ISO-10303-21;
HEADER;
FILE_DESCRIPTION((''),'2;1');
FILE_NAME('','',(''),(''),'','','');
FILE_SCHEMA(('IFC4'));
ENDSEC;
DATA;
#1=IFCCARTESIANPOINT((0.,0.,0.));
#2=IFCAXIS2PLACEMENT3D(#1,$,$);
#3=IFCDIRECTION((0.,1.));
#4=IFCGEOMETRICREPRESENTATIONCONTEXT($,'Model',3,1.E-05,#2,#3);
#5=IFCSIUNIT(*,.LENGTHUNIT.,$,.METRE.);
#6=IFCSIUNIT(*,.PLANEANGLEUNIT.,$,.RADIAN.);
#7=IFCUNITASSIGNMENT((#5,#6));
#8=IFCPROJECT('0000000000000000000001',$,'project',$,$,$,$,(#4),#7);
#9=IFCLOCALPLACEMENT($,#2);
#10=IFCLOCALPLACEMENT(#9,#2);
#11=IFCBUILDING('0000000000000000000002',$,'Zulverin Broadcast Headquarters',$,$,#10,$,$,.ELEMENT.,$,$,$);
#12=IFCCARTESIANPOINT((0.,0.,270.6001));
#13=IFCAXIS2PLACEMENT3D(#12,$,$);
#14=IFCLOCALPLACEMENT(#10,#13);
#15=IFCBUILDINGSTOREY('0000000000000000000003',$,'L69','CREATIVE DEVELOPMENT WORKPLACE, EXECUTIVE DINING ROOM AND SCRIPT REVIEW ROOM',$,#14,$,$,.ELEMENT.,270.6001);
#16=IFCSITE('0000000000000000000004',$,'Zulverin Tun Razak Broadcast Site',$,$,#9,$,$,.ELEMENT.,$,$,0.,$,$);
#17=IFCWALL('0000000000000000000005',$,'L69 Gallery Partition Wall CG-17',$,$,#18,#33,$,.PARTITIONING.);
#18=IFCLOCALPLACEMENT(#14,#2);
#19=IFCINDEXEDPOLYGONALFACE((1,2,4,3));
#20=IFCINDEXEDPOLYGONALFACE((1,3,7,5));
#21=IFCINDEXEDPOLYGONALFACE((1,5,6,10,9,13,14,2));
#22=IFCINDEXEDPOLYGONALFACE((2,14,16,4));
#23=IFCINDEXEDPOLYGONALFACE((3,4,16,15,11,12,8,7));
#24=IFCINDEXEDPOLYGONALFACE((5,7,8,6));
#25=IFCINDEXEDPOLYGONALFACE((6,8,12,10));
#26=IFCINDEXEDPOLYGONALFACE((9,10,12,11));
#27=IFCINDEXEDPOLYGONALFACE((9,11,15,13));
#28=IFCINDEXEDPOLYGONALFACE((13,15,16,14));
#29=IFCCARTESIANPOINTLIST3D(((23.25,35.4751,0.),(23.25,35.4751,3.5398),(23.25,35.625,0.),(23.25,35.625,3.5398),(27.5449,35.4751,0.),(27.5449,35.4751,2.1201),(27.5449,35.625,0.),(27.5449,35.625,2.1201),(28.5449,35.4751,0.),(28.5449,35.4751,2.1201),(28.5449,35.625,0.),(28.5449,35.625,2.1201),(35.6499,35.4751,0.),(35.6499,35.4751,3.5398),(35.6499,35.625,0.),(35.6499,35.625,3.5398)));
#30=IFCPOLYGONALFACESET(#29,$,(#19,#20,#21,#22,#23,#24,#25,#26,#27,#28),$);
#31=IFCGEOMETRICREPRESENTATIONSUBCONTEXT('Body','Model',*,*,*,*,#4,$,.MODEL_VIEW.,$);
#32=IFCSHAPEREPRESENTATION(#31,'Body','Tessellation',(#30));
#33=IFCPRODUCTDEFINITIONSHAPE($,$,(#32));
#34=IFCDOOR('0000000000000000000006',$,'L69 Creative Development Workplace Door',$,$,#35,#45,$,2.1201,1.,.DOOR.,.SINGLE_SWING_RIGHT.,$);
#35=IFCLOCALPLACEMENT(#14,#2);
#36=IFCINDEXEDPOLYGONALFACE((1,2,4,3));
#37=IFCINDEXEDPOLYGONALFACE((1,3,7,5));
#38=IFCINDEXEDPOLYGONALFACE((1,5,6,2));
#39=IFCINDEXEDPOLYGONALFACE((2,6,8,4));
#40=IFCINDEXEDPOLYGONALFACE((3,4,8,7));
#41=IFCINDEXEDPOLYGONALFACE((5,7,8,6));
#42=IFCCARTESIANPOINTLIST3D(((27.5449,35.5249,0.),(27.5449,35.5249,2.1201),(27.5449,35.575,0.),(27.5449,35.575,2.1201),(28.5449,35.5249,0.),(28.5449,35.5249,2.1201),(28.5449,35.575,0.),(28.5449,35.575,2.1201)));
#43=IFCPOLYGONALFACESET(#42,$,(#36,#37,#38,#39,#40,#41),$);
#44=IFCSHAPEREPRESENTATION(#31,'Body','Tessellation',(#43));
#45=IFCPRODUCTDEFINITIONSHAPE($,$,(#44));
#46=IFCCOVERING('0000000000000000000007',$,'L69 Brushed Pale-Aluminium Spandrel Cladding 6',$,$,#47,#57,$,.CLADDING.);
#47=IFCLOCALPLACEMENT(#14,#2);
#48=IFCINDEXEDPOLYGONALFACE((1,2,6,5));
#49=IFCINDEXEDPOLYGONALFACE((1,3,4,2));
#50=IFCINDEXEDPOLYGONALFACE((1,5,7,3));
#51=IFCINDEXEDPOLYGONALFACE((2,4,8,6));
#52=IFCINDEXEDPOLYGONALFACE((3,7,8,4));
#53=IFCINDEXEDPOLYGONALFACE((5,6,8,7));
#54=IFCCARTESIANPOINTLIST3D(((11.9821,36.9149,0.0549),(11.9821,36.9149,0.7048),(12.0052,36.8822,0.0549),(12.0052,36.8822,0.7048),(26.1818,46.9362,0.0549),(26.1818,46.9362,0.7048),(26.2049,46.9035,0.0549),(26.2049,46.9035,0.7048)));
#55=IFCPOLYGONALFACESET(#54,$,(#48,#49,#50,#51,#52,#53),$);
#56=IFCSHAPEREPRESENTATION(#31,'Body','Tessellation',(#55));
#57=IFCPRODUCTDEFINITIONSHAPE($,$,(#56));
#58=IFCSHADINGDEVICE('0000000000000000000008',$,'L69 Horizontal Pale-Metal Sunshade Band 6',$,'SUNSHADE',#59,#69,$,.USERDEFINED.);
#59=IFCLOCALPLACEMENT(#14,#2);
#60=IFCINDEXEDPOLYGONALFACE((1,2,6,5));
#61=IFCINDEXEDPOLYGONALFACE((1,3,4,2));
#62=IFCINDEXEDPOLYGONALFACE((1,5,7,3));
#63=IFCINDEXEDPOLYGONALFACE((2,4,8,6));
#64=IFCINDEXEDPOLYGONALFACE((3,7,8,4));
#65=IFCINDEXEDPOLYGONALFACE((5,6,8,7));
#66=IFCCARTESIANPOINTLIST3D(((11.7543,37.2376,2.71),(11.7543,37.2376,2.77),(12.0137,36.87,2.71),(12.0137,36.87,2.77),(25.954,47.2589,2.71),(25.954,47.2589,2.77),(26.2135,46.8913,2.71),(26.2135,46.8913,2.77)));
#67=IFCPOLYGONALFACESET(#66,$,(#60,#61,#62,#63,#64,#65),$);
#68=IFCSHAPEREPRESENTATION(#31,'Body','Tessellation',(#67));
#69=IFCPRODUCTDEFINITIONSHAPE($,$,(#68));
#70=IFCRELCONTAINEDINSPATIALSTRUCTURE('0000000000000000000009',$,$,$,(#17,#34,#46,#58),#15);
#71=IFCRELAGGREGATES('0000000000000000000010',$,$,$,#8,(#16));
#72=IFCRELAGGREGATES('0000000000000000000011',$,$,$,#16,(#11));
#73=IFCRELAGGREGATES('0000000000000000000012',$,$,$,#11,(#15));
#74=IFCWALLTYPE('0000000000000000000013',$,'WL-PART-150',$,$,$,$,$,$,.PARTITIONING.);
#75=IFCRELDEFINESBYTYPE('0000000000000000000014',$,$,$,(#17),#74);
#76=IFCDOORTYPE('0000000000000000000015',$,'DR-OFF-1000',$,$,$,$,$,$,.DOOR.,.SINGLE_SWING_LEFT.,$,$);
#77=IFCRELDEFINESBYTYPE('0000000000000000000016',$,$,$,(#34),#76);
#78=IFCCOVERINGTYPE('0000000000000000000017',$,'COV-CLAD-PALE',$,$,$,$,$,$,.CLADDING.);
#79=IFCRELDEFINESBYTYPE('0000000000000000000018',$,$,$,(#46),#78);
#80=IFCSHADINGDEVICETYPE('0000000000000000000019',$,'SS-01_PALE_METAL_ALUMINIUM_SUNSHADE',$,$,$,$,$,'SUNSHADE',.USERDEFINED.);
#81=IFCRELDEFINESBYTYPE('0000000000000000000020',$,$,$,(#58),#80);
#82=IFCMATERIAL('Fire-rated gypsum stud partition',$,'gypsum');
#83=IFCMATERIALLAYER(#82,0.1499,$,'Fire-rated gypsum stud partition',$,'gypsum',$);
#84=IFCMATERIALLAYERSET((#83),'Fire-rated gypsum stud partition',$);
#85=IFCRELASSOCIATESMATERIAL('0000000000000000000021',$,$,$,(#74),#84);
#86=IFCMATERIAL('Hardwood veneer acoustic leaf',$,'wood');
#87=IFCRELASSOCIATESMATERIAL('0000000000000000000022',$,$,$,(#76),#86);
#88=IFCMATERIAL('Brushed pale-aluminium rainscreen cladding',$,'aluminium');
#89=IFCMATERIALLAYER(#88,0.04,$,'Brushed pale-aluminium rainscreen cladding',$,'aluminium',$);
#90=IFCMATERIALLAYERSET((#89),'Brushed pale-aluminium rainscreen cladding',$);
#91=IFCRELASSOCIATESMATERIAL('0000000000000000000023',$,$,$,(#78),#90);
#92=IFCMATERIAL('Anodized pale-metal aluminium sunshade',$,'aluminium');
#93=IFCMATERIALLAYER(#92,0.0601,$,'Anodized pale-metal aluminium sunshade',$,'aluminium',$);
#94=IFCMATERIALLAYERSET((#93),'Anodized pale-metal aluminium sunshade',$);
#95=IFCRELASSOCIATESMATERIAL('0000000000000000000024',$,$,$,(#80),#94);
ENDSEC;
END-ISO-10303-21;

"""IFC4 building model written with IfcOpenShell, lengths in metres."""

from ifc_helpers import new_model, si_unit, direction, frame, frame_2d, origin, origin_2d, place, context, subcontext, project, spatial, rectangle, extrude, material, layer, layer_set, type_object, element, fill, save


model = new_model("IFC4")

# Units and contexts
model_context = context("Model", 3, precision=1e-05, world=origin(), true_north=direction((0.0, 1.0)))
body_context = subcontext(model_context, "Body", "Model", "MODEL_VIEW")
ifc_project = project(units=[si_unit("LENGTHUNIT", "METRE"), si_unit("PLANEANGLEUNIT", "RADIAN")], contexts=[model_context])

# Site, building, storey
site_placement = place(None, origin())
site = spatial("IfcSite", under=ifc_project, at=site_placement, Name="Zulverin Tun Razak Broadcast Site", CompositionType="ELEMENT", RefElevation=0.0)
building_placement = place(site_placement, origin())
building = spatial("IfcBuilding", under=site, at=building_placement, Name="Zulverin Broadcast Headquarters", CompositionType="ELEMENT")
storey_placement = place(building_placement, frame((0.0, 0.0, 270.6001)))
storey = spatial("IfcBuildingStorey", under=building, at=storey_placement, Name="L69", Description="CREATIVE DEVELOPMENT WORKPLACE, EXECUTIVE DINING ROOM AND SCRIPT REVIEW ROOM", CompositionType="ELEMENT", Elevation=270.6001)

# Wall, opening, door
ifc_material_1 = material(Name="Fire-rated gypsum stud partition", Category="gypsum")
ifc_layer_1 = layer(ifc_material_1, 0.1499, Name="Fire-rated gypsum stud partition", Category="gypsum")
ifc_layer_set_1 = layer_set([ifc_layer_1], Name="Fire-rated gypsum stud partition")
wall_type_1 = type_object("IfcWallType", Name="WL-PART-150", PredefinedType="PARTITIONING", material=ifc_layer_set_1)
wall_1_placement = place(storey_placement, frame((23.25, 35.55, 0.0), z_axis=(0.0, 0.0, 1.0), x_axis=(1.0, 0.0, 0.0)))
wall_1 = element("IfcWall", 1, at=wall_1_placement, inside=storey, type_object=wall_type_1, Name="L69 Gallery Partition Wall CG-17", PredefinedType="PARTITIONING", context=body_context, shape_type="SweptSolid", body=[
    extrude(rectangle(XDim=12.3999, YDim=0.1499, at=frame_2d((6.2, 0.0))), origin(), (0.0, 0.0, 1.0), 3.5398),
])
opening_1_placement = place(wall_1_placement, frame((4.2949, 0.0, 0.0)))
opening_1 = element("IfcOpeningElement", 2, at=opening_1_placement, cuts=wall_1, PredefinedType="OPENING", context=body_context, shape_type="SweptSolid", body=[
    extrude(rectangle(XDim=1.0, YDim=2.1201, at=frame_2d((0.5, 1.0601))), frame((0.0, 0.085, 0.0), z_axis=(0.0, -1.0, 0.0), x_axis=(1.0, 0.0, 0.0)), (0.0, 0.0, 1.0), 0.1699),
])
ifc_material_2 = material(Name="Hardwood veneer acoustic leaf", Category="wood")
door_type_1 = type_object("IfcDoorType", Name="DR-OFF-1000", OperationType="SINGLE_SWING_LEFT", PredefinedType="DOOR", material=ifc_material_2)
door_1_placement = place(opening_1_placement, origin())
door_1 = element("IfcDoor", 3, at=door_1_placement, inside=storey, type_object=door_type_1, Name="L69 Creative Development Workplace Door", OperationType="SINGLE_SWING_RIGHT", OverallHeight=2.1201, OverallWidth=1.0, PredefinedType="DOOR", context=body_context, shape_type="SweptSolid", body=[
    extrude(rectangle(XDim=1.0, YDim=2.1201, at=frame_2d((0.5, 1.0601))), frame((0.0, 0.0249, 0.0), z_axis=(0.0, -1.0, 0.0), x_axis=(1.0, 0.0, 0.0)), (0.0, 0.0, 1.0), 0.05),
])
fill(opening_1, door_1)

# Covering
ifc_material_3 = material(Name="Brushed pale-aluminium rainscreen cladding", Category="aluminium")
ifc_layer_2 = layer(ifc_material_3, 0.04, Name="Brushed pale-aluminium rainscreen cladding", Category="aluminium")
ifc_layer_set_2 = layer_set([ifc_layer_2], Name="Brushed pale-aluminium rainscreen cladding")
covering_type = type_object("IfcCoveringType", Name="COV-CLAD-PALE", PredefinedType="CLADDING", material=ifc_layer_set_2)
covering_placement = place(storey_placement, frame((19.0935, 41.9092, 0.0549), z_axis=(0.0, 0.0, 1.0), x_axis=(-0.817023, -0.576605, 0.0)))
element("IfcCovering", 4, at=covering_placement, inside=storey, type_object=covering_type, Name="L69 Brushed Pale-Aluminium Spandrel Cladding 6", PredefinedType="CLADDING", context=body_context, shape_type="SweptSolid", body=[
    extrude(rectangle(XDim=17.3799, YDim=0.04, at=origin_2d()), origin(), (0.0, 0.0, 1.0), 0.6499),
])

# Shading device
ifc_material_4 = material(Name="Anodized pale-metal aluminium sunshade", Category="aluminium")
ifc_layer_3 = layer(ifc_material_4, 0.0601, Name="Anodized pale-metal aluminium sunshade", Category="aluminium")
ifc_layer_set_3 = layer_set([ifc_layer_3], Name="Anodized pale-metal aluminium sunshade")
shading_device_type = type_object("IfcShadingDeviceType", Name="SS-01_PALE_METAL_ALUMINIUM_SUNSHADE", ElementType="SUNSHADE", PredefinedType="USERDEFINED", material=ifc_layer_set_3)
shading_device_placement = place(storey_placement, frame((18.9839, 42.0645, 2.71), z_axis=(0.0, 0.0, 1.0), x_axis=(-0.817023, -0.576605, 0.0)))
element("IfcShadingDevice", 5, at=shading_device_placement, inside=storey, type_object=shading_device_type, Name="L69 Horizontal Pale-Metal Sunshade Band 6", ObjectType="SUNSHADE", PredefinedType="USERDEFINED", context=body_context, shape_type="SweptSolid", body=[
    extrude(rectangle(XDim=17.3799, YDim=0.45, at=origin_2d()), origin(), (0.0, 0.0, 1.0), 0.0601),
])

save(model, "model.ifc")
